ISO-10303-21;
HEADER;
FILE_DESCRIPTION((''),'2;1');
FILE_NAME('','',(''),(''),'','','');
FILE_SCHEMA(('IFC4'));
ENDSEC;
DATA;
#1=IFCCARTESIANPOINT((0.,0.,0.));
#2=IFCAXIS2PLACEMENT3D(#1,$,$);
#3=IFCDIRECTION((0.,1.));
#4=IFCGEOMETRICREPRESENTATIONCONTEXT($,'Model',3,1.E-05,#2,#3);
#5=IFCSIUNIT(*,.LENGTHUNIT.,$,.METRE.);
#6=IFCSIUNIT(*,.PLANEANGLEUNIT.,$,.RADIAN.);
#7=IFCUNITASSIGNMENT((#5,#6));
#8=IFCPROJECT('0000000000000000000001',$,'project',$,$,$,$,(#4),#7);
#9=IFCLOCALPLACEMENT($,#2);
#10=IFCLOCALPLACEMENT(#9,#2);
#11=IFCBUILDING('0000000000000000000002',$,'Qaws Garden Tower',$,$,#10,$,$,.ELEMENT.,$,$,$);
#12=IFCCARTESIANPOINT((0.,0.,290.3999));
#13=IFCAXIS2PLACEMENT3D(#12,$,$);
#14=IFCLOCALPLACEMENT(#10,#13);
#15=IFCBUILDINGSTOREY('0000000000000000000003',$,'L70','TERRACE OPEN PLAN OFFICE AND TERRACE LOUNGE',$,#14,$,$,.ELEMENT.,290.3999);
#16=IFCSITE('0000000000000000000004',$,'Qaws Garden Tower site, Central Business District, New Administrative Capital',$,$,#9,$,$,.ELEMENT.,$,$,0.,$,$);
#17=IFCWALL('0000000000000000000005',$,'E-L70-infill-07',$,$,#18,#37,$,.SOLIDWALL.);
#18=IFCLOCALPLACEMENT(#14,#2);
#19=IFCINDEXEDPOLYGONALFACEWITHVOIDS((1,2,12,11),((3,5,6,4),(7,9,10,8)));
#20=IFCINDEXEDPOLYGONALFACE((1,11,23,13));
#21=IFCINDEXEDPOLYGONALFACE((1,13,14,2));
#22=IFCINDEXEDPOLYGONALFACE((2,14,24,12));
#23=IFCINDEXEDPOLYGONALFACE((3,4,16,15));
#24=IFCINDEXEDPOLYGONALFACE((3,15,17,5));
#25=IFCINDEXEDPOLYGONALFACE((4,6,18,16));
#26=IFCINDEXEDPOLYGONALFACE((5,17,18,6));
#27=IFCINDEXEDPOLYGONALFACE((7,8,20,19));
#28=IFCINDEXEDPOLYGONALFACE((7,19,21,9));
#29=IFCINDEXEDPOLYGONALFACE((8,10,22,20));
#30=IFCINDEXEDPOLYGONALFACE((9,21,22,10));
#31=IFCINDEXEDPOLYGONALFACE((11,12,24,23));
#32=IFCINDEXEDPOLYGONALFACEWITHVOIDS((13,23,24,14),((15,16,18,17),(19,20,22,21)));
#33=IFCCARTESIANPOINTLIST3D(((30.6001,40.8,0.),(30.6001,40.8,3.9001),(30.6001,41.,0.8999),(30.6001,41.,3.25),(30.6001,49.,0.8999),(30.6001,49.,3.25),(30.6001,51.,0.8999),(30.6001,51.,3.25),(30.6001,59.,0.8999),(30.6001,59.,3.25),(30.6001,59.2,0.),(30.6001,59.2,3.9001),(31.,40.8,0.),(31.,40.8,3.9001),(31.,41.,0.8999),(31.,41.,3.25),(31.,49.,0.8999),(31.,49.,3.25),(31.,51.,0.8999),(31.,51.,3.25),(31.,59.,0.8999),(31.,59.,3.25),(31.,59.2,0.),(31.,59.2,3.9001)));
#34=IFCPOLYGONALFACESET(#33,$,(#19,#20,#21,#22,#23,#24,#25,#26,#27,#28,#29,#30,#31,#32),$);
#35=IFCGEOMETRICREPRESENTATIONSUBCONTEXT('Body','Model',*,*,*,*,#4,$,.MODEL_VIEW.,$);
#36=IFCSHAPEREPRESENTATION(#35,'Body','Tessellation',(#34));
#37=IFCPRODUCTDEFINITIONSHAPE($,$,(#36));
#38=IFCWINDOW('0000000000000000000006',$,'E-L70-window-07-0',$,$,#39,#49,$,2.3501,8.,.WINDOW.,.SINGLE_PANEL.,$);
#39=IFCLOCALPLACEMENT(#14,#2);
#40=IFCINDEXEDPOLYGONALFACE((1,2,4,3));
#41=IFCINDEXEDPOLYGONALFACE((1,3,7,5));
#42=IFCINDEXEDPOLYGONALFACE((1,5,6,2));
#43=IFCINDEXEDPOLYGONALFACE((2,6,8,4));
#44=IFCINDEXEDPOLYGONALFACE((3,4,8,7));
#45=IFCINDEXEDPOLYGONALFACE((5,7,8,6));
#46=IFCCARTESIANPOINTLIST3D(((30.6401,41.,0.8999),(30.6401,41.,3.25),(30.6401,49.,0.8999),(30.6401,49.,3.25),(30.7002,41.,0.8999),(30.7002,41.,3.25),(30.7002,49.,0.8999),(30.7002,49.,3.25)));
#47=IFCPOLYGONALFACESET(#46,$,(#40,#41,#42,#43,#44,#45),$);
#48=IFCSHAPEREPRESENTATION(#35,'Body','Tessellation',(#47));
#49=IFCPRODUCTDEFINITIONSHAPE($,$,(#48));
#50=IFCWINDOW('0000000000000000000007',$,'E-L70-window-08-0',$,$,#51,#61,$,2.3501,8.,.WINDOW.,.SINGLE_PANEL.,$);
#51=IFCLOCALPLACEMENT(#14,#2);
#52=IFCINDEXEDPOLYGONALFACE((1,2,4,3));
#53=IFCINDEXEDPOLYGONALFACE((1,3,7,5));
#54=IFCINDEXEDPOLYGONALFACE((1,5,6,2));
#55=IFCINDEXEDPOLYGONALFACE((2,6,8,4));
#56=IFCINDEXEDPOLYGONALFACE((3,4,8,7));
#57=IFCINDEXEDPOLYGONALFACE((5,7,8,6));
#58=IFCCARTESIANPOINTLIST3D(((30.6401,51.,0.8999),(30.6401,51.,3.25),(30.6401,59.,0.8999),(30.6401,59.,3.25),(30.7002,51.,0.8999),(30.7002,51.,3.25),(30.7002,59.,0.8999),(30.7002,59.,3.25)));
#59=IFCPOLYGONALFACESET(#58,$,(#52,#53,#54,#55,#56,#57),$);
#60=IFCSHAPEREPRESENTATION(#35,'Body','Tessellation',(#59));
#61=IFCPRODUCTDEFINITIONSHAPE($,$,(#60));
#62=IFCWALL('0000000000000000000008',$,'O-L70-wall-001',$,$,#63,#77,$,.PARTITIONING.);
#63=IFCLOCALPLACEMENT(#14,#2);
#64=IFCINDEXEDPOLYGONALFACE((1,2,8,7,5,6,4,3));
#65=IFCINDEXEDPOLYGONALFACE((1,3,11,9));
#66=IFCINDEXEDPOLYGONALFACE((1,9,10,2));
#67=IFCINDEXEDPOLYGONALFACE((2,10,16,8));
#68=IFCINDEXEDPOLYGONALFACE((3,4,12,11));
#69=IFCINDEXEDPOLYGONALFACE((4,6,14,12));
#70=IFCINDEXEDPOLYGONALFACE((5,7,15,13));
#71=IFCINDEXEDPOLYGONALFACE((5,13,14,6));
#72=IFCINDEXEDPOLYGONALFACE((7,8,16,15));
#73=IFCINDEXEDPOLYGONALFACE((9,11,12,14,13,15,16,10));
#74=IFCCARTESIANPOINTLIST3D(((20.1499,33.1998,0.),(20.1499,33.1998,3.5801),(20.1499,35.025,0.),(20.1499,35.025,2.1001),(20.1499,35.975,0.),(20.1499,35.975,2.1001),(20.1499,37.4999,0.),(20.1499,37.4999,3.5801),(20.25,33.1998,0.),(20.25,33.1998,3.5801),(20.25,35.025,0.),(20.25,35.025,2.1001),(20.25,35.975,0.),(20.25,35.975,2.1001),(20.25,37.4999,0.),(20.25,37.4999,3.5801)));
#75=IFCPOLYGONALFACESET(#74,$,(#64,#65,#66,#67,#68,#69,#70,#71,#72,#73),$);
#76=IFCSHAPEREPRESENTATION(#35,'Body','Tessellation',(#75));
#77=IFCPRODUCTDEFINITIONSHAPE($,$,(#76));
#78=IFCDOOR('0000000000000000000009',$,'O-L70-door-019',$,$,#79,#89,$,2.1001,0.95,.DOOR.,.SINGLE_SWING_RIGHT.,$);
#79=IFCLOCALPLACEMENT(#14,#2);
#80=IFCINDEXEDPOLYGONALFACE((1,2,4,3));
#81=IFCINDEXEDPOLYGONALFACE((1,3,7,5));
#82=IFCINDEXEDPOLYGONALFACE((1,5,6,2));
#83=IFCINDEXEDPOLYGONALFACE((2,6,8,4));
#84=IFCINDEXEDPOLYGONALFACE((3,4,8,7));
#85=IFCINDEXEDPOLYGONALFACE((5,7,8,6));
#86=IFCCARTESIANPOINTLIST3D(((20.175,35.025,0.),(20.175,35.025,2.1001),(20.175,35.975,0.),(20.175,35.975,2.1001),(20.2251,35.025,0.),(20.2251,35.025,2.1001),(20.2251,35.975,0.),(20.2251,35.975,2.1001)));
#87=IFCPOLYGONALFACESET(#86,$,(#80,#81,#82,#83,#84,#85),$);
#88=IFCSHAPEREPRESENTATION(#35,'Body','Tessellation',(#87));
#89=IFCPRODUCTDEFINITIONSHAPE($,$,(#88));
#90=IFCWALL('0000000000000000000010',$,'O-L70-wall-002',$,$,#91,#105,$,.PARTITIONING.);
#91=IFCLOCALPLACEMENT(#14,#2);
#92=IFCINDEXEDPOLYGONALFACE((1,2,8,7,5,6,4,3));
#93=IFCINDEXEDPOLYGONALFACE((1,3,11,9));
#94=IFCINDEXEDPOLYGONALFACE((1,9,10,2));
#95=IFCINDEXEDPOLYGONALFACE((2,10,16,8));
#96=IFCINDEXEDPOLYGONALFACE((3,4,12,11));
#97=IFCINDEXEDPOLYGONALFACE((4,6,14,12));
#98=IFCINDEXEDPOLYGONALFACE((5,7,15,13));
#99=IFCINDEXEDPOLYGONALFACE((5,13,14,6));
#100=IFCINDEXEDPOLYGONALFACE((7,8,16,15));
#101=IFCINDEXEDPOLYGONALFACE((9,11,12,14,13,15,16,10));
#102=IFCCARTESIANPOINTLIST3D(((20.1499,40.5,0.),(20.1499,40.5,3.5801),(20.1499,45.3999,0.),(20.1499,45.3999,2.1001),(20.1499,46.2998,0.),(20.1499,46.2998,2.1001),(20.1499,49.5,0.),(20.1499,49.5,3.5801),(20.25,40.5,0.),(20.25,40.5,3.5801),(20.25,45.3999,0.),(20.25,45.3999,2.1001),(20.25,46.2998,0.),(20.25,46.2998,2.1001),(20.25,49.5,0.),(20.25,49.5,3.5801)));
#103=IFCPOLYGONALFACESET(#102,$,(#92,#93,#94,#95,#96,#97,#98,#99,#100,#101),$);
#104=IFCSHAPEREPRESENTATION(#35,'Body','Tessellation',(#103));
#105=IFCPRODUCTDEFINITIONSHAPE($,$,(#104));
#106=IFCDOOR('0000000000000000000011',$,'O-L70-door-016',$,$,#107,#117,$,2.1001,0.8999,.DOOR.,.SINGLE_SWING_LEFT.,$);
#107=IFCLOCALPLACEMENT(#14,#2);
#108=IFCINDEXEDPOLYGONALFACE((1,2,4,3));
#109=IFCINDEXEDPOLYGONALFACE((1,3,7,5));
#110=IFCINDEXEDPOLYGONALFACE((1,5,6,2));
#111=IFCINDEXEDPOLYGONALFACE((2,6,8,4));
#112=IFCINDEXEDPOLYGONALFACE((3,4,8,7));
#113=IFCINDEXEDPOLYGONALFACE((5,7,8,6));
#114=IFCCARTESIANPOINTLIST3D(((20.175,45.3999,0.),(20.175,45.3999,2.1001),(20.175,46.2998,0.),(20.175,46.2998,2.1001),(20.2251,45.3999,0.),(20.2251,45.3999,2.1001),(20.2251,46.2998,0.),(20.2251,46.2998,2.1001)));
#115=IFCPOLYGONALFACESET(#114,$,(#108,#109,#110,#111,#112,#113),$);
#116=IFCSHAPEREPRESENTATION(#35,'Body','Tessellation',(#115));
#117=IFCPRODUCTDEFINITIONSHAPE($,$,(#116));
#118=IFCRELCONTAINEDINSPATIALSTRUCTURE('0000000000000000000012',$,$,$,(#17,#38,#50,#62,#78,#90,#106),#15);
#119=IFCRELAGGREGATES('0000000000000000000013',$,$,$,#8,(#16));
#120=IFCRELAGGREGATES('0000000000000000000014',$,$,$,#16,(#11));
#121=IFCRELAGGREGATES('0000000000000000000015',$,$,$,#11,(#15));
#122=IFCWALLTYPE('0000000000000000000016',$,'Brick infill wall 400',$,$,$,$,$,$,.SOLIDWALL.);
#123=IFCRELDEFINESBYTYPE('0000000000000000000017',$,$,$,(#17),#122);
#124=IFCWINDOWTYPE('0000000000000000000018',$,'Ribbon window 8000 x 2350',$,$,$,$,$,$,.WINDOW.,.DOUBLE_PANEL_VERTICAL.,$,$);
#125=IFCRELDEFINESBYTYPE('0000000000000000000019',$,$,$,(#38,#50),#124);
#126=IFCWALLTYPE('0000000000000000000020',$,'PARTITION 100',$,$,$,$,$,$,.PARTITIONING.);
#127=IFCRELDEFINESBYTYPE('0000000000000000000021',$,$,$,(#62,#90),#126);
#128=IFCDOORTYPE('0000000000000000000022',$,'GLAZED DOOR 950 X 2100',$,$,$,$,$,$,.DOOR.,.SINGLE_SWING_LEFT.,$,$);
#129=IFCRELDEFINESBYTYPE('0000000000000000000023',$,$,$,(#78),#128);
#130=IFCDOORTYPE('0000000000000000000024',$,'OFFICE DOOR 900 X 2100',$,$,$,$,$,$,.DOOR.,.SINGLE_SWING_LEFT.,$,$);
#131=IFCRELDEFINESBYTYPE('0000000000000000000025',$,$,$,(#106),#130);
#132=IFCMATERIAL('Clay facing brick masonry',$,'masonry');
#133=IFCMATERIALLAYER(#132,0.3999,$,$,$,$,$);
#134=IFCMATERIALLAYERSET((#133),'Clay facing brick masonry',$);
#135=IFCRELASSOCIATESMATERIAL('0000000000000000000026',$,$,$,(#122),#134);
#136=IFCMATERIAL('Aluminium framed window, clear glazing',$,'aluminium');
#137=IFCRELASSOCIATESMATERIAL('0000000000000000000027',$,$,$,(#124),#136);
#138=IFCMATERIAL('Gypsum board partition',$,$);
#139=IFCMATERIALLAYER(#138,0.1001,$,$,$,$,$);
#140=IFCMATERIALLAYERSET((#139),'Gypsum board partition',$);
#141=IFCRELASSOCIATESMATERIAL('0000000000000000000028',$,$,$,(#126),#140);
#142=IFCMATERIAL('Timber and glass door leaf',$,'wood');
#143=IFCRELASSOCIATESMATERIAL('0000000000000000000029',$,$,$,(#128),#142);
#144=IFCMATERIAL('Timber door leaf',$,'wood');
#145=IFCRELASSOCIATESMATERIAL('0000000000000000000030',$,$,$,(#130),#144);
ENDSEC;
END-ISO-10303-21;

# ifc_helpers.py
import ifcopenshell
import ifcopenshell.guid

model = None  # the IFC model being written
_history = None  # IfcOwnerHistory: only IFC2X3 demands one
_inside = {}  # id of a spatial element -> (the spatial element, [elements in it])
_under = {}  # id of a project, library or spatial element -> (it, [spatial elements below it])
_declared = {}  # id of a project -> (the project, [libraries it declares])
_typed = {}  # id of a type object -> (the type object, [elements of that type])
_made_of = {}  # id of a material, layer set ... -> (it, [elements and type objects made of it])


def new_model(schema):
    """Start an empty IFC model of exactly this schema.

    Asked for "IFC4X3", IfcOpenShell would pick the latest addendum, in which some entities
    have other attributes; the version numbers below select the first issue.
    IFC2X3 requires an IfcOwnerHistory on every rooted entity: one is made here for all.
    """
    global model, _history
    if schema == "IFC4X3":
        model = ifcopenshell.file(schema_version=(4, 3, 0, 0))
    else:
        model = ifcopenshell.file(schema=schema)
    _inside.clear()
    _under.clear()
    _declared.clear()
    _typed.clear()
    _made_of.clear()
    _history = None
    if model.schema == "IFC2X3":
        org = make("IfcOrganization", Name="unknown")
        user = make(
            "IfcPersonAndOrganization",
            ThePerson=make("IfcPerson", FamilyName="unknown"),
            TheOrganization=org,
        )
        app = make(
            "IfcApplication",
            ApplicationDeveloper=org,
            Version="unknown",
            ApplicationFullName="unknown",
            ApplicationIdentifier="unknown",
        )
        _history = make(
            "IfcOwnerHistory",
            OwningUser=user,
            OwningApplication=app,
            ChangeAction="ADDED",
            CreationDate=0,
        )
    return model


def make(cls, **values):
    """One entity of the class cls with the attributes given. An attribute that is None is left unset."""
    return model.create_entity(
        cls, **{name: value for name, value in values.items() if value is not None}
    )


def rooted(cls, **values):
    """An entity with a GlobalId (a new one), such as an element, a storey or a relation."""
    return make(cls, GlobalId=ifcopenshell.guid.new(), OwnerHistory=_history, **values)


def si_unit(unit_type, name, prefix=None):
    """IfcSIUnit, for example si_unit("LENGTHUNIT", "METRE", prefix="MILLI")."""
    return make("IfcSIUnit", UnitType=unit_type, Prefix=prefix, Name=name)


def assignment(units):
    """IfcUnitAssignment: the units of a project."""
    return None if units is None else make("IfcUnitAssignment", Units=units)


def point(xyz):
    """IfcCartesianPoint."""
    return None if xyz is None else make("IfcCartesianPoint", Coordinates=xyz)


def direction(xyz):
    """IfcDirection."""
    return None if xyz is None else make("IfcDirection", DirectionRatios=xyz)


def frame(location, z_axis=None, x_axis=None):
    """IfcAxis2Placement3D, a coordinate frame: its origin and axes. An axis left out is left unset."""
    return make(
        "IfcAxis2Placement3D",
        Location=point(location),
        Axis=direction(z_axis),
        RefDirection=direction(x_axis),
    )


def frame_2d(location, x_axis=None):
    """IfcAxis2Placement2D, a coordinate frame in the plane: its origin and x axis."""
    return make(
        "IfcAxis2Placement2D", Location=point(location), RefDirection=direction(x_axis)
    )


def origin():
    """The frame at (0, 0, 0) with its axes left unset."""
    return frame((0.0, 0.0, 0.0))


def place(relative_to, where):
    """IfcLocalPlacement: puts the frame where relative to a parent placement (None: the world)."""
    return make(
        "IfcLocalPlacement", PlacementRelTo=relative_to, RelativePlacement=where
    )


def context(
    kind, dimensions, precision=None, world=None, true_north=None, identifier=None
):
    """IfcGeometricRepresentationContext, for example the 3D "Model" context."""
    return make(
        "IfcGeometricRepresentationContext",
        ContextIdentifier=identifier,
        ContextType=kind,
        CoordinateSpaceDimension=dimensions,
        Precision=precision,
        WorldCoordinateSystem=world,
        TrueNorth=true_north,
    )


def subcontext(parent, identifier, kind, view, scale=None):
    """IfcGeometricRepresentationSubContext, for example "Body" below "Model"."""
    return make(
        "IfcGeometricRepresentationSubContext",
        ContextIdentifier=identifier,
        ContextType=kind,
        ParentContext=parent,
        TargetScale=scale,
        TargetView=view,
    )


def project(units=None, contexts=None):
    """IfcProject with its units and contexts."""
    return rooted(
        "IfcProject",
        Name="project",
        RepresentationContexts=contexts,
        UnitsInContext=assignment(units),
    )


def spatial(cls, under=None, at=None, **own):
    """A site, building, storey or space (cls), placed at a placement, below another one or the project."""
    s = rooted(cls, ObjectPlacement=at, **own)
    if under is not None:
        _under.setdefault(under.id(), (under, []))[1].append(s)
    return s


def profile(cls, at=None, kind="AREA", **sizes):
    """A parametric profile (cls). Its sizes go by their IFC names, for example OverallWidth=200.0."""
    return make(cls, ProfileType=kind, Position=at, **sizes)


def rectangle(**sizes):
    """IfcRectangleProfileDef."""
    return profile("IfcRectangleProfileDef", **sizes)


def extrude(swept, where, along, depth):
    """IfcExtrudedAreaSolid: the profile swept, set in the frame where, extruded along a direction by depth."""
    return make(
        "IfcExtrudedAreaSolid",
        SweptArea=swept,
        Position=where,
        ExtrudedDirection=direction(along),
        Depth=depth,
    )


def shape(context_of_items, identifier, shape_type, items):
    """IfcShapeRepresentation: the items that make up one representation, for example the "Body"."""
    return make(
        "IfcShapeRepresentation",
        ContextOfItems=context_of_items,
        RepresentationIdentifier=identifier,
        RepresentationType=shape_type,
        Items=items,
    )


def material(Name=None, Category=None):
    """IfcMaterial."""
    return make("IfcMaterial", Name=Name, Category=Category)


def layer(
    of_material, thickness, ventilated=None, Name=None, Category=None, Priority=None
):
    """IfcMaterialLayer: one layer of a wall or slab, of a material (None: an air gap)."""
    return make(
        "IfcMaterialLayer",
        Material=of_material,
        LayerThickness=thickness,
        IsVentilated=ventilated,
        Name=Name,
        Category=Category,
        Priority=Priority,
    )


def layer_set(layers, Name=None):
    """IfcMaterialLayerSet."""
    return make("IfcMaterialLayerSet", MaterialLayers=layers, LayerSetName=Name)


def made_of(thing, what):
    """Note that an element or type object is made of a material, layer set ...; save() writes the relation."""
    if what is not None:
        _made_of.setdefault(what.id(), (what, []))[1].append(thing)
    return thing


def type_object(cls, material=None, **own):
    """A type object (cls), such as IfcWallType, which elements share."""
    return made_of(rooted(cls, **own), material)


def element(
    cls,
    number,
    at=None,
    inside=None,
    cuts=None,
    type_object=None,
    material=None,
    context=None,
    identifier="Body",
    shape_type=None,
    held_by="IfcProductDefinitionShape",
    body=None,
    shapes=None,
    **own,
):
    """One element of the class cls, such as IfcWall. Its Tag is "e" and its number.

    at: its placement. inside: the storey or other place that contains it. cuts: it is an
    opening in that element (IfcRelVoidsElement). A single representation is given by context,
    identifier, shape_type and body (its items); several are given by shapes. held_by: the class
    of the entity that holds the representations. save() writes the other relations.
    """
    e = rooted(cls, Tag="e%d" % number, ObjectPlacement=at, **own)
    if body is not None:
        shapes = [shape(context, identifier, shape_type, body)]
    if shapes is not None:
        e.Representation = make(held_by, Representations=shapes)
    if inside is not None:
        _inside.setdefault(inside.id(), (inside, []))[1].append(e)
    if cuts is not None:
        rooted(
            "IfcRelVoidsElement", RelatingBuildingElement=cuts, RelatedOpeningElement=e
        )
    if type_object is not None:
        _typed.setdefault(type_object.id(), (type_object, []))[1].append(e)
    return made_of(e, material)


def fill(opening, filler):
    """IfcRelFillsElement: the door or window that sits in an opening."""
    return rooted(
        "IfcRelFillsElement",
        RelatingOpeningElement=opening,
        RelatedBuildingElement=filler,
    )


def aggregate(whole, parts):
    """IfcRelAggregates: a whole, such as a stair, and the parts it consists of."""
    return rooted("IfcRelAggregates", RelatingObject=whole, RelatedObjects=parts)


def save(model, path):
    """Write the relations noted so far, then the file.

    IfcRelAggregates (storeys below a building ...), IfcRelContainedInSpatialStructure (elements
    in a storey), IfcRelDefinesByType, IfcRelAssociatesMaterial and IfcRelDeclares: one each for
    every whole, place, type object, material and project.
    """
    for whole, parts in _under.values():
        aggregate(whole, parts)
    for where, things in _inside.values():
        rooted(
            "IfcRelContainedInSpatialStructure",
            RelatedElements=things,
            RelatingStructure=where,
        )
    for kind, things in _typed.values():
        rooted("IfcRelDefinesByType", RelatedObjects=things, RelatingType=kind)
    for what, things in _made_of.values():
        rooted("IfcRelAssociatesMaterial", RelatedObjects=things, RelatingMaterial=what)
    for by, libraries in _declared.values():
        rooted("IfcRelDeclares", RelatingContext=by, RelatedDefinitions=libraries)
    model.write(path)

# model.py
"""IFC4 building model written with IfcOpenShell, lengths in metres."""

from ifc_helpers import new_model, si_unit, direction, frame, frame_2d, origin, place, context, subcontext, project, spatial, rectangle, extrude, material, layer, layer_set, type_object, element, fill, save


model = new_model("IFC4")

# Units and contexts
model_context = context("Model", 3, precision=1e-05, world=origin(), true_north=direction((0.0, 1.0)))
body_context = subcontext(model_context, "Body", "Model", "MODEL_VIEW")
ifc_project = project(units=[si_unit("LENGTHUNIT", "METRE"), si_unit("PLANEANGLEUNIT", "RADIAN")], contexts=[model_context])

# Site, building, storey
site_placement = place(None, origin())
site = spatial("IfcSite", under=ifc_project, at=site_placement, Name="Qaws Garden Tower site, Central Business District, New Administrative Capital", CompositionType="ELEMENT", RefElevation=0.0)
building_placement = place(site_placement, origin())
building = spatial("IfcBuilding", under=site, at=building_placement, Name="Qaws Garden Tower", CompositionType="ELEMENT")
storey_placement = place(building_placement, frame((0.0, 0.0, 290.3999)))
storey = spatial("IfcBuildingStorey", under=building, at=storey_placement, Name="L70", Description="TERRACE OPEN PLAN OFFICE AND TERRACE LOUNGE", CompositionType="ELEMENT", Elevation=290.3999)

# Shared definitions
ifc_material_1 = material(Name="Clay facing brick masonry", Category="masonry")
ifc_layer_1 = layer(ifc_material_1, 0.3999)
ifc_layer_set_1 = layer_set([ifc_layer_1], Name="Clay facing brick masonry")
wall_type_1 = type_object("IfcWallType", Name="Brick infill wall 400", PredefinedType="SOLIDWALL", material=ifc_layer_set_1)

# Wall, openings, windows
wall_1_placement = place(storey_placement, frame((30.8, 40.8, 0.0), z_axis=(0.0, 0.0, 1.0), x_axis=(0.0, 1.0, 0.0)))
wall_1 = element("IfcWall", 1, at=wall_1_placement, inside=storey, type_object=wall_type_1, Name="E-L70-infill-07", PredefinedType="SOLIDWALL", context=body_context, shape_type="SweptSolid", body=[
    extrude(rectangle(XDim=18.3999, YDim=0.3999, at=frame_2d((9.2, 0.0))), origin(), (0.0, 0.0, 1.0), 3.9001),
])
opening_1_placement = place(wall_1_placement, frame((0.2, 0.0, 0.8999)))
opening_1 = element("IfcOpeningElement", 2, at=opening_1_placement, cuts=wall_1, PredefinedType="OPENING", context=body_context, shape_type="SweptSolid", body=[
    extrude(rectangle(XDim=8.0, YDim=2.3501, at=frame_2d((4.0, 1.175))), frame((0.0, 0.21, 0.0), z_axis=(0.0, -1.0, 0.0), x_axis=(1.0, 0.0, 0.0)), (0.0, 0.0, 1.0), 0.4199),
])
opening_2_placement = place(wall_1_placement, frame((10.2, 0.0, 0.8999)))
opening_2 = element("IfcOpeningElement", 3, at=opening_2_placement, cuts=wall_1, PredefinedType="OPENING", context=body_context, shape_type="SweptSolid", body=[
    extrude(rectangle(XDim=8.0, YDim=2.3501, at=frame_2d((4.0, 1.175))), frame((0.0, 0.21, 0.0), z_axis=(0.0, -1.0, 0.0), x_axis=(1.0, 0.0, 0.0)), (0.0, 0.0, 1.0), 0.4199),
])
ifc_material_2 = material(Name="Aluminium framed window, clear glazing", Category="aluminium")
window_type_1 = type_object("IfcWindowType", Name="Ribbon window 8000 x 2350", PartitioningType="DOUBLE_PANEL_VERTICAL", PredefinedType="WINDOW", material=ifc_material_2)
window_1_placement = place(opening_1_placement, origin())
window_1 = element("IfcWindow", 4, at=window_1_placement, inside=storey, type_object=window_type_1, Name="E-L70-window-07-0", OverallHeight=2.3501, OverallWidth=8.0, PartitioningType="SINGLE_PANEL", PredefinedType="WINDOW", context=body_context, shape_type="SweptSolid", body=[
    extrude(rectangle(XDim=8.0, YDim=2.3501, at=frame_2d((4.0, 1.175))), frame((0.0, 0.1599, 0.0), z_axis=(0.0, -1.0, 0.0), x_axis=(1.0, 0.0, 0.0)), (0.0, 0.0, 1.0), 0.0601),
])
fill(opening_1, window_1)
window_2_placement = place(opening_2_placement, origin())
window_2 = element("IfcWindow", 5, at=window_2_placement, inside=storey, type_object=window_type_1, Name="E-L70-window-08-0", OverallHeight=2.3501, OverallWidth=8.0, PartitioningType="SINGLE_PANEL", PredefinedType="WINDOW", context=body_context, shape_type="SweptSolid", body=[
    extrude(rectangle(XDim=8.0, YDim=2.3501, at=frame_2d((4.0, 1.175))), frame((0.0, 0.1599, 0.0), z_axis=(0.0, -1.0, 0.0), x_axis=(1.0, 0.0, 0.0)), (0.0, 0.0, 1.0), 0.0601),
])
fill(opening_2, window_2)

# Walls, openings, doors
ifc_material_3 = material(Name="Gypsum board partition")
ifc_layer_2 = layer(ifc_material_3, 0.1001)
ifc_layer_set_2 = layer_set([ifc_layer_2], Name="Gypsum board partition")
wall_type_2 = type_object("IfcWallType", Name="PARTITION 100", PredefinedType="PARTITIONING", material=ifc_layer_set_2)
wall_2_placement = place(storey_placement, frame((20.2, 33.2, 0.0), z_axis=(0.0, 0.0, 1.0), x_axis=(0.0, 1.0, 0.0)))
wall_2 = element("IfcWall", 6, at=wall_2_placement, inside=storey, type_object=wall_type_2, Name="O-L70-wall-001", PredefinedType="PARTITIONING", context=body_context, shape_type="SweptSolid", body=[
    extrude(rectangle(XDim=4.3, YDim=0.1001, at=frame_2d((2.1499, 0.0))), origin(), (0.0, 0.0, 1.0), 3.5801),
])
opening_3_placement = place(wall_2_placement, frame((1.825, 0.0, 0.0)))
opening_3 = element("IfcOpeningElement", 7, at=opening_3_placement, cuts=wall_2, PredefinedType="OPENING", context=body_context, shape_type="SweptSolid", body=[
    extrude(rectangle(XDim=0.95, YDim=2.1001, at=frame_2d((0.4751, 1.05))), frame((0.0, 0.0601, 0.0), z_axis=(0.0, -1.0, 0.0), x_axis=(1.0, 0.0, 0.0)), (0.0, 0.0, 1.0), 0.1201),
])
ifc_material_4 = material(Name="Timber and glass door leaf", Category="wood")
door_type_1 = type_object("IfcDoorType", Name="GLAZED DOOR 950 X 2100", OperationType="SINGLE_SWING_LEFT", PredefinedType="DOOR", material=ifc_material_4)
door_1_placement = place(opening_3_placement, origin())
door_1 = element("IfcDoor", 8, at=door_1_placement, inside=storey, type_object=door_type_1, Name="O-L70-door-019", OperationType="SINGLE_SWING_RIGHT", OverallHeight=2.1001, OverallWidth=0.95, PredefinedType="DOOR", context=body_context, shape_type="SweptSolid", body=[
    extrude(rectangle(XDim=0.95, YDim=2.1001, at=frame_2d((0.4751, 1.05))), frame((0.0, 0.0249, 0.0), z_axis=(0.0, -1.0, 0.0), x_axis=(1.0, 0.0, 0.0)), (0.0, 0.0, 1.0), 0.05),
])
fill(opening_3, door_1)
wall_3_placement = place(storey_placement, frame((20.2, 40.5, 0.0), z_axis=(0.0, 0.0, 1.0), x_axis=(0.0, 1.0, 0.0)))
wall_3 = element("IfcWall", 9, at=wall_3_placement, inside=storey, type_object=wall_type_2, Name="O-L70-wall-002", PredefinedType="PARTITIONING", context=body_context, shape_type="SweptSolid", body=[
    extrude(rectangle(XDim=9.0, YDim=0.1001, at=frame_2d((4.5, 0.0))), origin(), (0.0, 0.0, 1.0), 3.5801),
])
opening_4_placement = place(wall_3_placement, frame((4.8999, 0.0, 0.0)))
opening_4 = element("IfcOpeningElement", 10, at=opening_4_placement, cuts=wall_3, PredefinedType="OPENING", context=body_context, shape_type="SweptSolid", body=[
    extrude(rectangle(XDim=0.8999, YDim=2.1001, at=frame_2d((0.45, 1.05))), frame((0.0, 0.0601, 0.0), z_axis=(0.0, -1.0, 0.0), x_axis=(1.0, 0.0, 0.0)), (0.0, 0.0, 1.0), 0.1201),
])
ifc_material_5 = material(Name="Timber door leaf", Category="wood")
door_type_2 = type_object("IfcDoorType", Name="OFFICE DOOR 900 X 2100", OperationType="SINGLE_SWING_LEFT", PredefinedType="DOOR", material=ifc_material_5)
door_2_placement = place(opening_4_placement, origin())
door_2 = element("IfcDoor", 11, at=door_2_placement, inside=storey, type_object=door_type_2, Name="O-L70-door-016", OperationType="SINGLE_SWING_LEFT", OverallHeight=2.1001, OverallWidth=0.8999, PredefinedType="DOOR", context=body_context, shape_type="SweptSolid", body=[
    extrude(rectangle(XDim=0.8999, YDim=2.1001, at=frame_2d((0.45, 1.05))), frame((0.0, 0.0249, 0.0), z_axis=(0.0, -1.0, 0.0), x_axis=(1.0, 0.0, 0.0)), (0.0, 0.0, 1.0), 0.05),
])
fill(opening_4, door_2)

save(model, "model.ifc")
